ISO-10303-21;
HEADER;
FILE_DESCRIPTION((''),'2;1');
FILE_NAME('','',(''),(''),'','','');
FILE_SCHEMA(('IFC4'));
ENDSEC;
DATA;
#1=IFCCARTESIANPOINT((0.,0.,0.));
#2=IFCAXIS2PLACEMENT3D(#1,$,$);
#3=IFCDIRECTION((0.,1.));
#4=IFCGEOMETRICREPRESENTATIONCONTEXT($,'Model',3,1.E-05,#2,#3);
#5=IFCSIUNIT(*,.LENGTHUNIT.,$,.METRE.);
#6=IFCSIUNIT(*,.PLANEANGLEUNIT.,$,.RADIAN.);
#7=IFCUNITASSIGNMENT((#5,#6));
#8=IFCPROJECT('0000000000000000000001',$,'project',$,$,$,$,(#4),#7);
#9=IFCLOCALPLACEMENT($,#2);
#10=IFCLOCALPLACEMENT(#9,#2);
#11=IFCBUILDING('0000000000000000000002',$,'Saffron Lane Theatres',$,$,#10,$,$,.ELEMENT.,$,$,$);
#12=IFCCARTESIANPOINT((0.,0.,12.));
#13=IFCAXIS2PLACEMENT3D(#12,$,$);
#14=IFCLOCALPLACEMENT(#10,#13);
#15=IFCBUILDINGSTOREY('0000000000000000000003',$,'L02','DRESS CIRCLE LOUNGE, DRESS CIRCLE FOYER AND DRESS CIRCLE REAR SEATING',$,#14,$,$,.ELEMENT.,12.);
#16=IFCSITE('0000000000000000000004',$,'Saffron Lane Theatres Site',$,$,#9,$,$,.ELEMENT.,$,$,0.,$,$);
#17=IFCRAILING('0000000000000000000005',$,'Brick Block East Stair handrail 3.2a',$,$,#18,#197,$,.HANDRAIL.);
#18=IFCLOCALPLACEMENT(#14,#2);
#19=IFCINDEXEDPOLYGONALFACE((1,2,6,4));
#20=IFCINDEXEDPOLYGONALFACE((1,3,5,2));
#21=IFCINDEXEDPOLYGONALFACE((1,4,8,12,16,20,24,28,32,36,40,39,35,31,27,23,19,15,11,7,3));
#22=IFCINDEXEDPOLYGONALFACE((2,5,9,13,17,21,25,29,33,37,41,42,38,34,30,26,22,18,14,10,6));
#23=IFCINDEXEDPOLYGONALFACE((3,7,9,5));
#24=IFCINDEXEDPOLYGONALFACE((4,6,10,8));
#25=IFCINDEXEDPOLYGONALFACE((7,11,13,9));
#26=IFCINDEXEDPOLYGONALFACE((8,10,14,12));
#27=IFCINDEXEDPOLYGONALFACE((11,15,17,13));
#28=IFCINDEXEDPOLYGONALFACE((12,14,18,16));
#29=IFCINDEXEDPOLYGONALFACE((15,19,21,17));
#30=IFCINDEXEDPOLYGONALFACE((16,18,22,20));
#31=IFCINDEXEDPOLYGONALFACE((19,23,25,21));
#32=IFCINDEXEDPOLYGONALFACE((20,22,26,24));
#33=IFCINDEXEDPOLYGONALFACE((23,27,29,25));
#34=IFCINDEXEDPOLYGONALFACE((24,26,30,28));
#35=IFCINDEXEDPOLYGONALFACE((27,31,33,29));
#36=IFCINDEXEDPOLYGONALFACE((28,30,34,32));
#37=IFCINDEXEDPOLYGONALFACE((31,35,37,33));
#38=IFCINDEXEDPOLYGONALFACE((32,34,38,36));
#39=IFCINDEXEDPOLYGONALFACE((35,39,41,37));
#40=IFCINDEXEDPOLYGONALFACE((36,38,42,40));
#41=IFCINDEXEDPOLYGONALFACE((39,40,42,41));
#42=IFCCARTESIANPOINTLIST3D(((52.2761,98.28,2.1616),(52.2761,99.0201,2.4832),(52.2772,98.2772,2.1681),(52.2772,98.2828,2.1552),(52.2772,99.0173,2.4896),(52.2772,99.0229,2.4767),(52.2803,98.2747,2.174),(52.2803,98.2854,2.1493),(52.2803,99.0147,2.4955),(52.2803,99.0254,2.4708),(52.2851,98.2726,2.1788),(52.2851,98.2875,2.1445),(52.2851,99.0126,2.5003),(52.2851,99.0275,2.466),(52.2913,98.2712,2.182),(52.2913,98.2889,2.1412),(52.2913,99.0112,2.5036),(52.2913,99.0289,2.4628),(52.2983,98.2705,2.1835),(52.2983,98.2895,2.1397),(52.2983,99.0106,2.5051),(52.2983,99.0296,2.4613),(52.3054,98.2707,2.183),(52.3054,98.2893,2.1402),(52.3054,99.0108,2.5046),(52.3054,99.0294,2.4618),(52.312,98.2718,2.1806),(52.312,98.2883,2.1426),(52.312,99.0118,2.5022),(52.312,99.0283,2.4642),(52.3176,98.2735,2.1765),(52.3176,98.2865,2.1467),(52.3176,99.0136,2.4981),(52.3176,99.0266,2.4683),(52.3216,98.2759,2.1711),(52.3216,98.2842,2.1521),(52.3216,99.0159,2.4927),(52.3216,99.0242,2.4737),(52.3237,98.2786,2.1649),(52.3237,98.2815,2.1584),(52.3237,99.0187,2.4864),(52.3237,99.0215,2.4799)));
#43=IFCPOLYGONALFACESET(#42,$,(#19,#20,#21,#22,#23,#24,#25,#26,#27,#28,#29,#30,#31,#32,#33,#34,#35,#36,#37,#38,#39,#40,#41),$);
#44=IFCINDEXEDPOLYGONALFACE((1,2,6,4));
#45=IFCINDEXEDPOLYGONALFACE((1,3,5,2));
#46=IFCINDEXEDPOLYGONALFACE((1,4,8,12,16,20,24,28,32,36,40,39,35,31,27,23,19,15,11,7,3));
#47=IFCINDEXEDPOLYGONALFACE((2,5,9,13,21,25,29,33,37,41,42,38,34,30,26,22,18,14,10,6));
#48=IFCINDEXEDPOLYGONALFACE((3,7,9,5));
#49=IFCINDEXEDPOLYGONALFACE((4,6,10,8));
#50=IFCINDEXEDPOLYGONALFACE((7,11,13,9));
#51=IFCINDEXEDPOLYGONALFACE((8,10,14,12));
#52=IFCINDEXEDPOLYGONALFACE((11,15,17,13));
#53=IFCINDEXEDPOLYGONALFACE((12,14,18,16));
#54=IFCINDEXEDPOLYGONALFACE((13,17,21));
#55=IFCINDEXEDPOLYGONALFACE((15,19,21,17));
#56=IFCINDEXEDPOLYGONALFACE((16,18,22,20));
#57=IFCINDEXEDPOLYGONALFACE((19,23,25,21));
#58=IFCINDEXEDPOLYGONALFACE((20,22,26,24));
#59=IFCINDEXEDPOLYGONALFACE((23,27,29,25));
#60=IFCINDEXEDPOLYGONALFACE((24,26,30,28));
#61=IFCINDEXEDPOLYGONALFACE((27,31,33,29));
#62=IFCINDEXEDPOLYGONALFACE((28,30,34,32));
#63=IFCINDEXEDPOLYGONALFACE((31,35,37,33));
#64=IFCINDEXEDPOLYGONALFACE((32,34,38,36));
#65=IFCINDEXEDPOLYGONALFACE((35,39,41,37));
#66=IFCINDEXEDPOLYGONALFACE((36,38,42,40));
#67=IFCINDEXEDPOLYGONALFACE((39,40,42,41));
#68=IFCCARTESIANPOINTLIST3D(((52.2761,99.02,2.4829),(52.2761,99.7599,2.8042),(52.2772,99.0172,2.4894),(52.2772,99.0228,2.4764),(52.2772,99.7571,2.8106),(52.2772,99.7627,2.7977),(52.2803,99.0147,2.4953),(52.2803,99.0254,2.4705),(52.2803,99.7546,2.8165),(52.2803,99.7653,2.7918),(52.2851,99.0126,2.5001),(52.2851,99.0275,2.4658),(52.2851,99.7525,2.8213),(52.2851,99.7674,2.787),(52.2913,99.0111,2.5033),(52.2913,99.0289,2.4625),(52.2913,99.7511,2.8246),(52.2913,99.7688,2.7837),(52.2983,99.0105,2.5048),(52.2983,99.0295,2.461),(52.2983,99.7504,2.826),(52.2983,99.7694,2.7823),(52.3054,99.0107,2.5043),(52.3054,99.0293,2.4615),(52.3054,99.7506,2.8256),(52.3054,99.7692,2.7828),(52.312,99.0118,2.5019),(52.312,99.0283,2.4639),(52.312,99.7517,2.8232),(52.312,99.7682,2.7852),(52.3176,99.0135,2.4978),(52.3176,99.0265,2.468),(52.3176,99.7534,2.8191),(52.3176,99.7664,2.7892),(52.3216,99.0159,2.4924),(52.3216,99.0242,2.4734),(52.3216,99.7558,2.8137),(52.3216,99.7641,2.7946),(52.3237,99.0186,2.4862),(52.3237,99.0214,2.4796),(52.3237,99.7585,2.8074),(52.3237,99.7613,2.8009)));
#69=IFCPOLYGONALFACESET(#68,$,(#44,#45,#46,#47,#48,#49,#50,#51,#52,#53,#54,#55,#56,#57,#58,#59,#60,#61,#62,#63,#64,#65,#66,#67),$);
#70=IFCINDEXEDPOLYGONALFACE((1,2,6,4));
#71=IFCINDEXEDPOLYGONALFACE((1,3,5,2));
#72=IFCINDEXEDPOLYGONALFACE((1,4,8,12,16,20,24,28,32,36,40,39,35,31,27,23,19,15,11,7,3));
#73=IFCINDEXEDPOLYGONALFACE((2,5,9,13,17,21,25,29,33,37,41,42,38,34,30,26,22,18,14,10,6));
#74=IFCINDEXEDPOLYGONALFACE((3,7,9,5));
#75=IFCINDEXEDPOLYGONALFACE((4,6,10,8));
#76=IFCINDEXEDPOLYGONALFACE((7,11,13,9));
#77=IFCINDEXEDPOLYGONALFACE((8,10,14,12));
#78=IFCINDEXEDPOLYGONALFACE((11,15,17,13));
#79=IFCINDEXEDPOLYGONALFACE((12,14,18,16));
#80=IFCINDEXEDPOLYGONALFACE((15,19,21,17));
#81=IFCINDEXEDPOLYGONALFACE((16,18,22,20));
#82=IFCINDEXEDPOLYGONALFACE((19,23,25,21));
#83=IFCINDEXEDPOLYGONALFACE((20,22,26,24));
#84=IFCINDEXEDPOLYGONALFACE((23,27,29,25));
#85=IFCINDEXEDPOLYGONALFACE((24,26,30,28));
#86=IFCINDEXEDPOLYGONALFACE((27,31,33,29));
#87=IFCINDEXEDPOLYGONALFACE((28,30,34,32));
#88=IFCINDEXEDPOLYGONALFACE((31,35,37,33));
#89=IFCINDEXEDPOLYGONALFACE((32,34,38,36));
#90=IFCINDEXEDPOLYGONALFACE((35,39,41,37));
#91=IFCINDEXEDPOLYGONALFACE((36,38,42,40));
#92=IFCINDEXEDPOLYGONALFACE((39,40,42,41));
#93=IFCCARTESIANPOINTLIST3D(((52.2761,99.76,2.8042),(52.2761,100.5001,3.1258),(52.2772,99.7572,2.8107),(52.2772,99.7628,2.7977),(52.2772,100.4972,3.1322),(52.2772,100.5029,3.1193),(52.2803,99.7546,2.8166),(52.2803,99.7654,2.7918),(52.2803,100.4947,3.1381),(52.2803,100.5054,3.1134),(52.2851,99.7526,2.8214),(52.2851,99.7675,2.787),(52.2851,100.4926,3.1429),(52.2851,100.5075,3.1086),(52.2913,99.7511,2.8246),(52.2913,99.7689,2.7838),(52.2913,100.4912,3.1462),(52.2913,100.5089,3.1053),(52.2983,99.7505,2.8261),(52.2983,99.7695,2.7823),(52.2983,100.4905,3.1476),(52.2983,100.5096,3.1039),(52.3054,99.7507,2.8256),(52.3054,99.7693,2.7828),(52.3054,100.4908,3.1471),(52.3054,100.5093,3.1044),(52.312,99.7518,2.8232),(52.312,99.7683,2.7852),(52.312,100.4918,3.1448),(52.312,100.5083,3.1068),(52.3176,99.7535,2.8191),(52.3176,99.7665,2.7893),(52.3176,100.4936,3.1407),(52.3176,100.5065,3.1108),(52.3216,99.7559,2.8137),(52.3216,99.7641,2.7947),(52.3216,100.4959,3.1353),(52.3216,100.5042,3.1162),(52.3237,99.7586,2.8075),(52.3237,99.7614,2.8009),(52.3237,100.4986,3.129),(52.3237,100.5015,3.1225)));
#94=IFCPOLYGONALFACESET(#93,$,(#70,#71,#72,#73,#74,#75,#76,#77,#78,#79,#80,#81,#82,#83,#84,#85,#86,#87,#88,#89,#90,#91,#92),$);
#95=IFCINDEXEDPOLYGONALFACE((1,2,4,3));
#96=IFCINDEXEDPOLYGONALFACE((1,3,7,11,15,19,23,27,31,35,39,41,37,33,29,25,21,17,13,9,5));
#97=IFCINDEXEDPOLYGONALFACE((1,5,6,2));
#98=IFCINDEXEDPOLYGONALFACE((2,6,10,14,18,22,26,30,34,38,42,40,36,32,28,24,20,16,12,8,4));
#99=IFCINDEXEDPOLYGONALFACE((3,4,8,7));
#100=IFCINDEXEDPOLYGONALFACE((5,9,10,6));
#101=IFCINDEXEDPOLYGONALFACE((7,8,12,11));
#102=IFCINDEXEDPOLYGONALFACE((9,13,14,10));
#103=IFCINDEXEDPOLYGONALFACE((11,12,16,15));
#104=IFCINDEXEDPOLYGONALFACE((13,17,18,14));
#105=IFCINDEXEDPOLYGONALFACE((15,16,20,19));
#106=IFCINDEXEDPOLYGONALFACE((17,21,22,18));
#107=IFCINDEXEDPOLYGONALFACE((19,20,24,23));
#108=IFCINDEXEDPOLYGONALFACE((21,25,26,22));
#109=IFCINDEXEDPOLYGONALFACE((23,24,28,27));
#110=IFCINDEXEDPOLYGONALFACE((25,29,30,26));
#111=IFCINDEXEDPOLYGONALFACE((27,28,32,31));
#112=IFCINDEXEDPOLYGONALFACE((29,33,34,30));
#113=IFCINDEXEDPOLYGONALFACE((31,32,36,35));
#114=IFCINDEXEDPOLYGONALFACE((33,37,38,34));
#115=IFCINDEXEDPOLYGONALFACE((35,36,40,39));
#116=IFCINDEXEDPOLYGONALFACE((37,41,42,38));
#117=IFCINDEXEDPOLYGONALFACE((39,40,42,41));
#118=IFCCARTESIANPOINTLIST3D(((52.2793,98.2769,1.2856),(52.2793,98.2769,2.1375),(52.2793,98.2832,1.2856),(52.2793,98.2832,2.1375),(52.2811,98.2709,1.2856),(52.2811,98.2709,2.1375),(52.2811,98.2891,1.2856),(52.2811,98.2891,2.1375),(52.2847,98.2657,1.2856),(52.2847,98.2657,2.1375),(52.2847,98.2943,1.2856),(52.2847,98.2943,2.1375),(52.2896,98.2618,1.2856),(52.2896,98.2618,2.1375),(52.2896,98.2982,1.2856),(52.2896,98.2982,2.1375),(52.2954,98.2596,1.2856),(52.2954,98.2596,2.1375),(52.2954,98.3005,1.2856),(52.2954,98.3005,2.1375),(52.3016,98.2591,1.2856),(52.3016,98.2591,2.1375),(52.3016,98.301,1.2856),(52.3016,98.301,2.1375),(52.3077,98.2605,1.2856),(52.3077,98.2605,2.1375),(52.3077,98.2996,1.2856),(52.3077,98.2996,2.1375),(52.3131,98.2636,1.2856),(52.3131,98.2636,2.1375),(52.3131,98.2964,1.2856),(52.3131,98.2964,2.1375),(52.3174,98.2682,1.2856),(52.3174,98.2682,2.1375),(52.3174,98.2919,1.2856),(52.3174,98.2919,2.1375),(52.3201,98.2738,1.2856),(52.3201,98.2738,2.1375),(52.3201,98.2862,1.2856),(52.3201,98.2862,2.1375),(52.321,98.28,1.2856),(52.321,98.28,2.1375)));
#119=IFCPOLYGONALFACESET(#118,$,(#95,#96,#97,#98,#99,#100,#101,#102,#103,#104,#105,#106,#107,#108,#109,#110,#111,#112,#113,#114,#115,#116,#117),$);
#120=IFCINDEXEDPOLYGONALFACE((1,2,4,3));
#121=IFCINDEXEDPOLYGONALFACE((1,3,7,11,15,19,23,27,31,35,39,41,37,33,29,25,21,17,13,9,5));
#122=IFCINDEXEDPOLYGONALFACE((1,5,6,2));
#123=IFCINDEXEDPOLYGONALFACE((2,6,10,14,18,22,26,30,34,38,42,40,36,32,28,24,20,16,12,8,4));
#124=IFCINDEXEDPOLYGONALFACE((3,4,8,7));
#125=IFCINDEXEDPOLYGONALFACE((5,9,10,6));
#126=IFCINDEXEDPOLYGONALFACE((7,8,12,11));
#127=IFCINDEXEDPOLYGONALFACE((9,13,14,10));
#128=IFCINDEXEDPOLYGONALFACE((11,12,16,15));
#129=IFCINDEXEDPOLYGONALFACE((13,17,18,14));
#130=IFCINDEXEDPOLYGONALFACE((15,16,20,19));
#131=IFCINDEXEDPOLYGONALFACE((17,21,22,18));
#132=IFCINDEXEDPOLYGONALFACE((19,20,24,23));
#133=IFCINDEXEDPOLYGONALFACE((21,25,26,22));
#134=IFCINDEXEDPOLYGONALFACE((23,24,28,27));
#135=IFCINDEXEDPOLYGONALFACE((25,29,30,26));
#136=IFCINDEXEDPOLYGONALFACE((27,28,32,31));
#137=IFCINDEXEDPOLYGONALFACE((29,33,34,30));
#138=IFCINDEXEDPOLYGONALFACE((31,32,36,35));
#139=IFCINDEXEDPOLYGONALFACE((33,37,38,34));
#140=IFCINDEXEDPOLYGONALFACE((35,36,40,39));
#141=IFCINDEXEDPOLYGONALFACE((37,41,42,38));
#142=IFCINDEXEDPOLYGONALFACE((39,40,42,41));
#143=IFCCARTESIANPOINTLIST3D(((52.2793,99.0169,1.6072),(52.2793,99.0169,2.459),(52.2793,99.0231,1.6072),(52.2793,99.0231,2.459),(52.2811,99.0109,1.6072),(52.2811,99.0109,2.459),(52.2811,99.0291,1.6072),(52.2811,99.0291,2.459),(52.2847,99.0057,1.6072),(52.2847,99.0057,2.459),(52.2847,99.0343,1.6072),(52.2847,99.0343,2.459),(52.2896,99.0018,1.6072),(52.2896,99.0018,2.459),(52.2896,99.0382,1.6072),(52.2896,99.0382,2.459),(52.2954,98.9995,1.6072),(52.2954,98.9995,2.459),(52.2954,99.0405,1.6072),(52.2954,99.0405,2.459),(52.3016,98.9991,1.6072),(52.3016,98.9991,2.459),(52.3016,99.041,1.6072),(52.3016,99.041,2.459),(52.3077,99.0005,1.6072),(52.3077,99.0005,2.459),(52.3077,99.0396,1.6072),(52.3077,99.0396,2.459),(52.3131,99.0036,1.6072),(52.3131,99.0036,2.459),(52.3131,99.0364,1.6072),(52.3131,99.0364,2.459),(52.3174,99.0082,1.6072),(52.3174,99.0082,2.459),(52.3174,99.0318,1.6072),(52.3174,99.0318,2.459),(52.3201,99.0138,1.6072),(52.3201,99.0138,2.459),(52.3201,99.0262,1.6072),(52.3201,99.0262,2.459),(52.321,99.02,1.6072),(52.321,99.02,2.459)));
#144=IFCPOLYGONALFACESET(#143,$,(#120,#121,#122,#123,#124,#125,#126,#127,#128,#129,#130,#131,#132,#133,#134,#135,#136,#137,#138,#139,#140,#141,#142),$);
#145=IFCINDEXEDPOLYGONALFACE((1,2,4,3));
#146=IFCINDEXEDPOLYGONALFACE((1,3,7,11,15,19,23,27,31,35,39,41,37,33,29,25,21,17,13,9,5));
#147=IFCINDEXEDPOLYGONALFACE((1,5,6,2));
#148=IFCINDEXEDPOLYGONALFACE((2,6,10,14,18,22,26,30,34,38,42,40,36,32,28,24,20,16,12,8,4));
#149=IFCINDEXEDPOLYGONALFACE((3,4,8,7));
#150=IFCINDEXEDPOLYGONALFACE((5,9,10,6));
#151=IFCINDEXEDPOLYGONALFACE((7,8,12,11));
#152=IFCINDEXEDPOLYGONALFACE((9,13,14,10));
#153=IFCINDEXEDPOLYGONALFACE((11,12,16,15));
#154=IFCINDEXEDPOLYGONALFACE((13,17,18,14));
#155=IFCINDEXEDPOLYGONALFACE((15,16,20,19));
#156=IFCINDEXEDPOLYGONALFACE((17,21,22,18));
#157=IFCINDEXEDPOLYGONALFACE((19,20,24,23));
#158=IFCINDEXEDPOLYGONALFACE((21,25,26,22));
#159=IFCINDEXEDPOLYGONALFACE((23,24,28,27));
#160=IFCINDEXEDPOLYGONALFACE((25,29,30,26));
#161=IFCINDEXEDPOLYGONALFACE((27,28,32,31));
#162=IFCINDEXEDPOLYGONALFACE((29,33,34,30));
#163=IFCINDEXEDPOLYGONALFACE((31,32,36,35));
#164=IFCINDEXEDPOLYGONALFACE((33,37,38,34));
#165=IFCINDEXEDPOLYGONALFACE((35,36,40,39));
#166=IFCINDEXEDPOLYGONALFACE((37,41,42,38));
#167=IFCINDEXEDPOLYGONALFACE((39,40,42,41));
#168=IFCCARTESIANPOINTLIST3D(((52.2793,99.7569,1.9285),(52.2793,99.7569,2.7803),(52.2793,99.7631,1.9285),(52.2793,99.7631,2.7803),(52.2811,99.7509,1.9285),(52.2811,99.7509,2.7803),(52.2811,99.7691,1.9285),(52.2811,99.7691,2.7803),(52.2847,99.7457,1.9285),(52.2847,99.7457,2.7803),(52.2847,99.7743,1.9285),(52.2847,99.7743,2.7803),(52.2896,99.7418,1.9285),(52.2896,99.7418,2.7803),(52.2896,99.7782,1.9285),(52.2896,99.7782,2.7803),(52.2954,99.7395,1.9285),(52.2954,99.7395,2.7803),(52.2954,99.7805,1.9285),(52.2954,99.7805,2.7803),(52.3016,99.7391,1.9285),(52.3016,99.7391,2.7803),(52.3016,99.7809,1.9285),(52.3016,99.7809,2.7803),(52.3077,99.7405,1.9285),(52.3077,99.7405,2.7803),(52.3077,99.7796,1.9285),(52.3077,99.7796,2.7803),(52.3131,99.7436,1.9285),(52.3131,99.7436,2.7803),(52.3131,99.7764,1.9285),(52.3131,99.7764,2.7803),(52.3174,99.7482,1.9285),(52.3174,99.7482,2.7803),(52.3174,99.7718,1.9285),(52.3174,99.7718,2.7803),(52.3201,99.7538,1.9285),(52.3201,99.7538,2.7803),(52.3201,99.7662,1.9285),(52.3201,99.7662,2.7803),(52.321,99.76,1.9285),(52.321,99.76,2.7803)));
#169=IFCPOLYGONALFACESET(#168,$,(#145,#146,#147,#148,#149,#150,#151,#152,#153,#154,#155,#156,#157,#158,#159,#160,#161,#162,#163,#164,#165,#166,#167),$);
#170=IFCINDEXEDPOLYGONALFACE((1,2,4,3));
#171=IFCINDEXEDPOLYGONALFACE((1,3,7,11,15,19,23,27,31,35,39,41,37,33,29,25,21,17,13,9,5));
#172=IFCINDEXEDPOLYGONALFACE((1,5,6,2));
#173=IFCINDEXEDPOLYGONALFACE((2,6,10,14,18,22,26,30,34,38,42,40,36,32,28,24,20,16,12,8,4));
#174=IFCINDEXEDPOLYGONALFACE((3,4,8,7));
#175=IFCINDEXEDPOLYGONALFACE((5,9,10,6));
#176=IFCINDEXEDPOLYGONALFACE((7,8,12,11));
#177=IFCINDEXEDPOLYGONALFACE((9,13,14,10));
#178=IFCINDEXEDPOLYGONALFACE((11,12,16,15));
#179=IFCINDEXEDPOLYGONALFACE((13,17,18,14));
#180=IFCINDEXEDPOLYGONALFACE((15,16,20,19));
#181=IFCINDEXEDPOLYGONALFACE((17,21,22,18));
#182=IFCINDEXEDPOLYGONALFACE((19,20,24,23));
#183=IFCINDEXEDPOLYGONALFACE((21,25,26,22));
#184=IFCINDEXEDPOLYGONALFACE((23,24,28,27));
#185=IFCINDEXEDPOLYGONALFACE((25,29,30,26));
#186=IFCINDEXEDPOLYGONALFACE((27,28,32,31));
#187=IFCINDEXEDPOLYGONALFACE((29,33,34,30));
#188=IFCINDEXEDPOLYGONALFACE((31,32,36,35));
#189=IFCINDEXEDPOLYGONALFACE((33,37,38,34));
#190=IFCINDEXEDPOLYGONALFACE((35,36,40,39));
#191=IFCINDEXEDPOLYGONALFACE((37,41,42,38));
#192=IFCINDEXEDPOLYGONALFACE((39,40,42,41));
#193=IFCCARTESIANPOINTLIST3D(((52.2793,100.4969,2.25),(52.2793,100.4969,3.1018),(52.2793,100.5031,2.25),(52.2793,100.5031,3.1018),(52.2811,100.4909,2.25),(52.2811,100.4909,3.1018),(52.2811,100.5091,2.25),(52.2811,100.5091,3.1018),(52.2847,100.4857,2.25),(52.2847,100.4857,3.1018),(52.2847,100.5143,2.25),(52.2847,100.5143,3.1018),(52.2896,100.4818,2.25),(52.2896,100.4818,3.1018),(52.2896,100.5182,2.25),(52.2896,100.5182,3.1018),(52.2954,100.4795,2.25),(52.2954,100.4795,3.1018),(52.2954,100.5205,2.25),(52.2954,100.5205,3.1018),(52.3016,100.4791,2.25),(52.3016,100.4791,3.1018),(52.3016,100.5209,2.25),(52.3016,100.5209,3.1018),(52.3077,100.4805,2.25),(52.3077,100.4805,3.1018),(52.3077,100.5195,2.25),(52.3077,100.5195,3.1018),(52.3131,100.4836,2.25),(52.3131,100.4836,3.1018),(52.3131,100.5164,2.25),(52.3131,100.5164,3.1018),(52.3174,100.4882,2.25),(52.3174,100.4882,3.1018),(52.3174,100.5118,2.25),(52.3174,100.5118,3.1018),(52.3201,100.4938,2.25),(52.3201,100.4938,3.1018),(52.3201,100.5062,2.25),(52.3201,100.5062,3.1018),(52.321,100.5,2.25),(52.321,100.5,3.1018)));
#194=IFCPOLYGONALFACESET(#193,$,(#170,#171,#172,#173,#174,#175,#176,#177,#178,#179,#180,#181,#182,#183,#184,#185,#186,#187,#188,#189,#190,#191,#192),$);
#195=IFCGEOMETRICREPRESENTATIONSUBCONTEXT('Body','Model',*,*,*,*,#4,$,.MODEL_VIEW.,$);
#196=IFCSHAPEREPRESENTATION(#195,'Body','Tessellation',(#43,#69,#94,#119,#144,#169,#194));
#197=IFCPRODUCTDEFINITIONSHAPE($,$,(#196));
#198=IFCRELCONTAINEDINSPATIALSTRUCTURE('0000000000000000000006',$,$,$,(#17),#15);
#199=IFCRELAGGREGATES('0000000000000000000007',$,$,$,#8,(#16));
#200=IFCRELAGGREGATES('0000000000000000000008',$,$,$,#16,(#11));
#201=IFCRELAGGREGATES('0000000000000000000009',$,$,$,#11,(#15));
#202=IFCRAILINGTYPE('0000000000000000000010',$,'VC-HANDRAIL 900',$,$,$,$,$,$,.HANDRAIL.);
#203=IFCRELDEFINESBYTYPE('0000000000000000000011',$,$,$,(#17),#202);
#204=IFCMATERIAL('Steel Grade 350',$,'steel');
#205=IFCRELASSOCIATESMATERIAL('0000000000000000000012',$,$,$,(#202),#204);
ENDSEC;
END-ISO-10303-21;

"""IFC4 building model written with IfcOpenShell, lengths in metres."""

from ifc_helpers import new_model, si_unit, direction, frame, origin, origin_2d, place, context, subcontext, project, spatial, circle, extrude, material, type_object, element, save


model = new_model("IFC4")

# Units and contexts
model_context = context("Model", 3, precision=1e-05, world=origin(), true_north=direction((0.0, 1.0)))
body_context = subcontext(model_context, "Body", "Model", "MODEL_VIEW")
ifc_project = project(units=[si_unit("LENGTHUNIT", "METRE"), si_unit("PLANEANGLEUNIT", "RADIAN")], contexts=[model_context])

# Site, building, storey
site_placement = place(None, origin())
site = spatial("IfcSite", under=ifc_project, at=site_placement, Name="Saffron Lane Theatres Site", CompositionType="ELEMENT", RefElevation=0.0)
building_placement = place(site_placement, origin())
building = spatial("IfcBuilding", under=site, at=building_placement, Name="Saffron Lane Theatres", CompositionType="ELEMENT")
storey_placement = place(building_placement, frame((0.0, 0.0, 12.0)))
storey = spatial("IfcBuildingStorey", under=building, at=storey_placement, Name="L02", Description="DRESS CIRCLE LOUNGE, DRESS CIRCLE FOYER AND DRESS CIRCLE REAR SEATING", CompositionType="ELEMENT", Elevation=12.0)

# Railing
ifc_material_1 = material(Name="Steel Grade 350", Category="steel")
railing_type_1 = type_object("IfcRailingType", Name="VC-HANDRAIL 900", PredefinedType="HANDRAIL", material=ifc_material_1)
for number, where, name in (
    (1, (52.3, 98.28, 1.2856), "Brick Block East Stair handrail 3.2a"),
):
    element("IfcRailing", number, at=place(storey_placement, frame(where)), inside=storey, type_object=railing_type_1, Name=name, PredefinedType="HANDRAIL", context=body_context, shape_type="SweptSolid", body=[
        extrude(circle(Radius=0.0239, at=origin_2d()), frame((0.0, 0.0, 0.876), z_axis=(0.0, 0.917161, 0.398516), x_axis=(-1.0, 0.0, 0.0)), (0.0, 0.0, 1.0), 0.8069),
        extrude(circle(Radius=0.0239, at=origin_2d()), frame((0.0, 0.74, 1.1973), z_axis=(0.0, 0.917272, 0.398261), x_axis=(-1.0, 0.0, 0.0)), (0.0, 0.0, 1.0), 0.8066),
        extrude(circle(Radius=0.0239, at=origin_2d()), frame((0.0, 1.48, 1.5186), z_axis=(0.0, 0.917161, 0.398516), x_axis=(-1.0, 0.0, 0.0)), (0.0, 0.0, 1.0), 0.8069),
        extrude(circle(Radius=0.021, at=origin_2d()), origin(), (0.0, 0.0, 1.0), 0.8518),
        extrude(circle(Radius=0.021, at=origin_2d()), frame((0.0, 0.74, 0.3215)), (0.0, 0.0, 1.0), 0.8518),
        extrude(circle(Radius=0.021, at=origin_2d()), frame((0.0, 1.48, 0.6428)), (0.0, 0.0, 1.0), 0.8518),
        extrude(circle(Radius=0.021, at=origin_2d()), frame((0.0, 2.22, 0.9644)), (0.0, 0.0, 1.0), 0.8518),
    ])

save(model, "model.ifc")
